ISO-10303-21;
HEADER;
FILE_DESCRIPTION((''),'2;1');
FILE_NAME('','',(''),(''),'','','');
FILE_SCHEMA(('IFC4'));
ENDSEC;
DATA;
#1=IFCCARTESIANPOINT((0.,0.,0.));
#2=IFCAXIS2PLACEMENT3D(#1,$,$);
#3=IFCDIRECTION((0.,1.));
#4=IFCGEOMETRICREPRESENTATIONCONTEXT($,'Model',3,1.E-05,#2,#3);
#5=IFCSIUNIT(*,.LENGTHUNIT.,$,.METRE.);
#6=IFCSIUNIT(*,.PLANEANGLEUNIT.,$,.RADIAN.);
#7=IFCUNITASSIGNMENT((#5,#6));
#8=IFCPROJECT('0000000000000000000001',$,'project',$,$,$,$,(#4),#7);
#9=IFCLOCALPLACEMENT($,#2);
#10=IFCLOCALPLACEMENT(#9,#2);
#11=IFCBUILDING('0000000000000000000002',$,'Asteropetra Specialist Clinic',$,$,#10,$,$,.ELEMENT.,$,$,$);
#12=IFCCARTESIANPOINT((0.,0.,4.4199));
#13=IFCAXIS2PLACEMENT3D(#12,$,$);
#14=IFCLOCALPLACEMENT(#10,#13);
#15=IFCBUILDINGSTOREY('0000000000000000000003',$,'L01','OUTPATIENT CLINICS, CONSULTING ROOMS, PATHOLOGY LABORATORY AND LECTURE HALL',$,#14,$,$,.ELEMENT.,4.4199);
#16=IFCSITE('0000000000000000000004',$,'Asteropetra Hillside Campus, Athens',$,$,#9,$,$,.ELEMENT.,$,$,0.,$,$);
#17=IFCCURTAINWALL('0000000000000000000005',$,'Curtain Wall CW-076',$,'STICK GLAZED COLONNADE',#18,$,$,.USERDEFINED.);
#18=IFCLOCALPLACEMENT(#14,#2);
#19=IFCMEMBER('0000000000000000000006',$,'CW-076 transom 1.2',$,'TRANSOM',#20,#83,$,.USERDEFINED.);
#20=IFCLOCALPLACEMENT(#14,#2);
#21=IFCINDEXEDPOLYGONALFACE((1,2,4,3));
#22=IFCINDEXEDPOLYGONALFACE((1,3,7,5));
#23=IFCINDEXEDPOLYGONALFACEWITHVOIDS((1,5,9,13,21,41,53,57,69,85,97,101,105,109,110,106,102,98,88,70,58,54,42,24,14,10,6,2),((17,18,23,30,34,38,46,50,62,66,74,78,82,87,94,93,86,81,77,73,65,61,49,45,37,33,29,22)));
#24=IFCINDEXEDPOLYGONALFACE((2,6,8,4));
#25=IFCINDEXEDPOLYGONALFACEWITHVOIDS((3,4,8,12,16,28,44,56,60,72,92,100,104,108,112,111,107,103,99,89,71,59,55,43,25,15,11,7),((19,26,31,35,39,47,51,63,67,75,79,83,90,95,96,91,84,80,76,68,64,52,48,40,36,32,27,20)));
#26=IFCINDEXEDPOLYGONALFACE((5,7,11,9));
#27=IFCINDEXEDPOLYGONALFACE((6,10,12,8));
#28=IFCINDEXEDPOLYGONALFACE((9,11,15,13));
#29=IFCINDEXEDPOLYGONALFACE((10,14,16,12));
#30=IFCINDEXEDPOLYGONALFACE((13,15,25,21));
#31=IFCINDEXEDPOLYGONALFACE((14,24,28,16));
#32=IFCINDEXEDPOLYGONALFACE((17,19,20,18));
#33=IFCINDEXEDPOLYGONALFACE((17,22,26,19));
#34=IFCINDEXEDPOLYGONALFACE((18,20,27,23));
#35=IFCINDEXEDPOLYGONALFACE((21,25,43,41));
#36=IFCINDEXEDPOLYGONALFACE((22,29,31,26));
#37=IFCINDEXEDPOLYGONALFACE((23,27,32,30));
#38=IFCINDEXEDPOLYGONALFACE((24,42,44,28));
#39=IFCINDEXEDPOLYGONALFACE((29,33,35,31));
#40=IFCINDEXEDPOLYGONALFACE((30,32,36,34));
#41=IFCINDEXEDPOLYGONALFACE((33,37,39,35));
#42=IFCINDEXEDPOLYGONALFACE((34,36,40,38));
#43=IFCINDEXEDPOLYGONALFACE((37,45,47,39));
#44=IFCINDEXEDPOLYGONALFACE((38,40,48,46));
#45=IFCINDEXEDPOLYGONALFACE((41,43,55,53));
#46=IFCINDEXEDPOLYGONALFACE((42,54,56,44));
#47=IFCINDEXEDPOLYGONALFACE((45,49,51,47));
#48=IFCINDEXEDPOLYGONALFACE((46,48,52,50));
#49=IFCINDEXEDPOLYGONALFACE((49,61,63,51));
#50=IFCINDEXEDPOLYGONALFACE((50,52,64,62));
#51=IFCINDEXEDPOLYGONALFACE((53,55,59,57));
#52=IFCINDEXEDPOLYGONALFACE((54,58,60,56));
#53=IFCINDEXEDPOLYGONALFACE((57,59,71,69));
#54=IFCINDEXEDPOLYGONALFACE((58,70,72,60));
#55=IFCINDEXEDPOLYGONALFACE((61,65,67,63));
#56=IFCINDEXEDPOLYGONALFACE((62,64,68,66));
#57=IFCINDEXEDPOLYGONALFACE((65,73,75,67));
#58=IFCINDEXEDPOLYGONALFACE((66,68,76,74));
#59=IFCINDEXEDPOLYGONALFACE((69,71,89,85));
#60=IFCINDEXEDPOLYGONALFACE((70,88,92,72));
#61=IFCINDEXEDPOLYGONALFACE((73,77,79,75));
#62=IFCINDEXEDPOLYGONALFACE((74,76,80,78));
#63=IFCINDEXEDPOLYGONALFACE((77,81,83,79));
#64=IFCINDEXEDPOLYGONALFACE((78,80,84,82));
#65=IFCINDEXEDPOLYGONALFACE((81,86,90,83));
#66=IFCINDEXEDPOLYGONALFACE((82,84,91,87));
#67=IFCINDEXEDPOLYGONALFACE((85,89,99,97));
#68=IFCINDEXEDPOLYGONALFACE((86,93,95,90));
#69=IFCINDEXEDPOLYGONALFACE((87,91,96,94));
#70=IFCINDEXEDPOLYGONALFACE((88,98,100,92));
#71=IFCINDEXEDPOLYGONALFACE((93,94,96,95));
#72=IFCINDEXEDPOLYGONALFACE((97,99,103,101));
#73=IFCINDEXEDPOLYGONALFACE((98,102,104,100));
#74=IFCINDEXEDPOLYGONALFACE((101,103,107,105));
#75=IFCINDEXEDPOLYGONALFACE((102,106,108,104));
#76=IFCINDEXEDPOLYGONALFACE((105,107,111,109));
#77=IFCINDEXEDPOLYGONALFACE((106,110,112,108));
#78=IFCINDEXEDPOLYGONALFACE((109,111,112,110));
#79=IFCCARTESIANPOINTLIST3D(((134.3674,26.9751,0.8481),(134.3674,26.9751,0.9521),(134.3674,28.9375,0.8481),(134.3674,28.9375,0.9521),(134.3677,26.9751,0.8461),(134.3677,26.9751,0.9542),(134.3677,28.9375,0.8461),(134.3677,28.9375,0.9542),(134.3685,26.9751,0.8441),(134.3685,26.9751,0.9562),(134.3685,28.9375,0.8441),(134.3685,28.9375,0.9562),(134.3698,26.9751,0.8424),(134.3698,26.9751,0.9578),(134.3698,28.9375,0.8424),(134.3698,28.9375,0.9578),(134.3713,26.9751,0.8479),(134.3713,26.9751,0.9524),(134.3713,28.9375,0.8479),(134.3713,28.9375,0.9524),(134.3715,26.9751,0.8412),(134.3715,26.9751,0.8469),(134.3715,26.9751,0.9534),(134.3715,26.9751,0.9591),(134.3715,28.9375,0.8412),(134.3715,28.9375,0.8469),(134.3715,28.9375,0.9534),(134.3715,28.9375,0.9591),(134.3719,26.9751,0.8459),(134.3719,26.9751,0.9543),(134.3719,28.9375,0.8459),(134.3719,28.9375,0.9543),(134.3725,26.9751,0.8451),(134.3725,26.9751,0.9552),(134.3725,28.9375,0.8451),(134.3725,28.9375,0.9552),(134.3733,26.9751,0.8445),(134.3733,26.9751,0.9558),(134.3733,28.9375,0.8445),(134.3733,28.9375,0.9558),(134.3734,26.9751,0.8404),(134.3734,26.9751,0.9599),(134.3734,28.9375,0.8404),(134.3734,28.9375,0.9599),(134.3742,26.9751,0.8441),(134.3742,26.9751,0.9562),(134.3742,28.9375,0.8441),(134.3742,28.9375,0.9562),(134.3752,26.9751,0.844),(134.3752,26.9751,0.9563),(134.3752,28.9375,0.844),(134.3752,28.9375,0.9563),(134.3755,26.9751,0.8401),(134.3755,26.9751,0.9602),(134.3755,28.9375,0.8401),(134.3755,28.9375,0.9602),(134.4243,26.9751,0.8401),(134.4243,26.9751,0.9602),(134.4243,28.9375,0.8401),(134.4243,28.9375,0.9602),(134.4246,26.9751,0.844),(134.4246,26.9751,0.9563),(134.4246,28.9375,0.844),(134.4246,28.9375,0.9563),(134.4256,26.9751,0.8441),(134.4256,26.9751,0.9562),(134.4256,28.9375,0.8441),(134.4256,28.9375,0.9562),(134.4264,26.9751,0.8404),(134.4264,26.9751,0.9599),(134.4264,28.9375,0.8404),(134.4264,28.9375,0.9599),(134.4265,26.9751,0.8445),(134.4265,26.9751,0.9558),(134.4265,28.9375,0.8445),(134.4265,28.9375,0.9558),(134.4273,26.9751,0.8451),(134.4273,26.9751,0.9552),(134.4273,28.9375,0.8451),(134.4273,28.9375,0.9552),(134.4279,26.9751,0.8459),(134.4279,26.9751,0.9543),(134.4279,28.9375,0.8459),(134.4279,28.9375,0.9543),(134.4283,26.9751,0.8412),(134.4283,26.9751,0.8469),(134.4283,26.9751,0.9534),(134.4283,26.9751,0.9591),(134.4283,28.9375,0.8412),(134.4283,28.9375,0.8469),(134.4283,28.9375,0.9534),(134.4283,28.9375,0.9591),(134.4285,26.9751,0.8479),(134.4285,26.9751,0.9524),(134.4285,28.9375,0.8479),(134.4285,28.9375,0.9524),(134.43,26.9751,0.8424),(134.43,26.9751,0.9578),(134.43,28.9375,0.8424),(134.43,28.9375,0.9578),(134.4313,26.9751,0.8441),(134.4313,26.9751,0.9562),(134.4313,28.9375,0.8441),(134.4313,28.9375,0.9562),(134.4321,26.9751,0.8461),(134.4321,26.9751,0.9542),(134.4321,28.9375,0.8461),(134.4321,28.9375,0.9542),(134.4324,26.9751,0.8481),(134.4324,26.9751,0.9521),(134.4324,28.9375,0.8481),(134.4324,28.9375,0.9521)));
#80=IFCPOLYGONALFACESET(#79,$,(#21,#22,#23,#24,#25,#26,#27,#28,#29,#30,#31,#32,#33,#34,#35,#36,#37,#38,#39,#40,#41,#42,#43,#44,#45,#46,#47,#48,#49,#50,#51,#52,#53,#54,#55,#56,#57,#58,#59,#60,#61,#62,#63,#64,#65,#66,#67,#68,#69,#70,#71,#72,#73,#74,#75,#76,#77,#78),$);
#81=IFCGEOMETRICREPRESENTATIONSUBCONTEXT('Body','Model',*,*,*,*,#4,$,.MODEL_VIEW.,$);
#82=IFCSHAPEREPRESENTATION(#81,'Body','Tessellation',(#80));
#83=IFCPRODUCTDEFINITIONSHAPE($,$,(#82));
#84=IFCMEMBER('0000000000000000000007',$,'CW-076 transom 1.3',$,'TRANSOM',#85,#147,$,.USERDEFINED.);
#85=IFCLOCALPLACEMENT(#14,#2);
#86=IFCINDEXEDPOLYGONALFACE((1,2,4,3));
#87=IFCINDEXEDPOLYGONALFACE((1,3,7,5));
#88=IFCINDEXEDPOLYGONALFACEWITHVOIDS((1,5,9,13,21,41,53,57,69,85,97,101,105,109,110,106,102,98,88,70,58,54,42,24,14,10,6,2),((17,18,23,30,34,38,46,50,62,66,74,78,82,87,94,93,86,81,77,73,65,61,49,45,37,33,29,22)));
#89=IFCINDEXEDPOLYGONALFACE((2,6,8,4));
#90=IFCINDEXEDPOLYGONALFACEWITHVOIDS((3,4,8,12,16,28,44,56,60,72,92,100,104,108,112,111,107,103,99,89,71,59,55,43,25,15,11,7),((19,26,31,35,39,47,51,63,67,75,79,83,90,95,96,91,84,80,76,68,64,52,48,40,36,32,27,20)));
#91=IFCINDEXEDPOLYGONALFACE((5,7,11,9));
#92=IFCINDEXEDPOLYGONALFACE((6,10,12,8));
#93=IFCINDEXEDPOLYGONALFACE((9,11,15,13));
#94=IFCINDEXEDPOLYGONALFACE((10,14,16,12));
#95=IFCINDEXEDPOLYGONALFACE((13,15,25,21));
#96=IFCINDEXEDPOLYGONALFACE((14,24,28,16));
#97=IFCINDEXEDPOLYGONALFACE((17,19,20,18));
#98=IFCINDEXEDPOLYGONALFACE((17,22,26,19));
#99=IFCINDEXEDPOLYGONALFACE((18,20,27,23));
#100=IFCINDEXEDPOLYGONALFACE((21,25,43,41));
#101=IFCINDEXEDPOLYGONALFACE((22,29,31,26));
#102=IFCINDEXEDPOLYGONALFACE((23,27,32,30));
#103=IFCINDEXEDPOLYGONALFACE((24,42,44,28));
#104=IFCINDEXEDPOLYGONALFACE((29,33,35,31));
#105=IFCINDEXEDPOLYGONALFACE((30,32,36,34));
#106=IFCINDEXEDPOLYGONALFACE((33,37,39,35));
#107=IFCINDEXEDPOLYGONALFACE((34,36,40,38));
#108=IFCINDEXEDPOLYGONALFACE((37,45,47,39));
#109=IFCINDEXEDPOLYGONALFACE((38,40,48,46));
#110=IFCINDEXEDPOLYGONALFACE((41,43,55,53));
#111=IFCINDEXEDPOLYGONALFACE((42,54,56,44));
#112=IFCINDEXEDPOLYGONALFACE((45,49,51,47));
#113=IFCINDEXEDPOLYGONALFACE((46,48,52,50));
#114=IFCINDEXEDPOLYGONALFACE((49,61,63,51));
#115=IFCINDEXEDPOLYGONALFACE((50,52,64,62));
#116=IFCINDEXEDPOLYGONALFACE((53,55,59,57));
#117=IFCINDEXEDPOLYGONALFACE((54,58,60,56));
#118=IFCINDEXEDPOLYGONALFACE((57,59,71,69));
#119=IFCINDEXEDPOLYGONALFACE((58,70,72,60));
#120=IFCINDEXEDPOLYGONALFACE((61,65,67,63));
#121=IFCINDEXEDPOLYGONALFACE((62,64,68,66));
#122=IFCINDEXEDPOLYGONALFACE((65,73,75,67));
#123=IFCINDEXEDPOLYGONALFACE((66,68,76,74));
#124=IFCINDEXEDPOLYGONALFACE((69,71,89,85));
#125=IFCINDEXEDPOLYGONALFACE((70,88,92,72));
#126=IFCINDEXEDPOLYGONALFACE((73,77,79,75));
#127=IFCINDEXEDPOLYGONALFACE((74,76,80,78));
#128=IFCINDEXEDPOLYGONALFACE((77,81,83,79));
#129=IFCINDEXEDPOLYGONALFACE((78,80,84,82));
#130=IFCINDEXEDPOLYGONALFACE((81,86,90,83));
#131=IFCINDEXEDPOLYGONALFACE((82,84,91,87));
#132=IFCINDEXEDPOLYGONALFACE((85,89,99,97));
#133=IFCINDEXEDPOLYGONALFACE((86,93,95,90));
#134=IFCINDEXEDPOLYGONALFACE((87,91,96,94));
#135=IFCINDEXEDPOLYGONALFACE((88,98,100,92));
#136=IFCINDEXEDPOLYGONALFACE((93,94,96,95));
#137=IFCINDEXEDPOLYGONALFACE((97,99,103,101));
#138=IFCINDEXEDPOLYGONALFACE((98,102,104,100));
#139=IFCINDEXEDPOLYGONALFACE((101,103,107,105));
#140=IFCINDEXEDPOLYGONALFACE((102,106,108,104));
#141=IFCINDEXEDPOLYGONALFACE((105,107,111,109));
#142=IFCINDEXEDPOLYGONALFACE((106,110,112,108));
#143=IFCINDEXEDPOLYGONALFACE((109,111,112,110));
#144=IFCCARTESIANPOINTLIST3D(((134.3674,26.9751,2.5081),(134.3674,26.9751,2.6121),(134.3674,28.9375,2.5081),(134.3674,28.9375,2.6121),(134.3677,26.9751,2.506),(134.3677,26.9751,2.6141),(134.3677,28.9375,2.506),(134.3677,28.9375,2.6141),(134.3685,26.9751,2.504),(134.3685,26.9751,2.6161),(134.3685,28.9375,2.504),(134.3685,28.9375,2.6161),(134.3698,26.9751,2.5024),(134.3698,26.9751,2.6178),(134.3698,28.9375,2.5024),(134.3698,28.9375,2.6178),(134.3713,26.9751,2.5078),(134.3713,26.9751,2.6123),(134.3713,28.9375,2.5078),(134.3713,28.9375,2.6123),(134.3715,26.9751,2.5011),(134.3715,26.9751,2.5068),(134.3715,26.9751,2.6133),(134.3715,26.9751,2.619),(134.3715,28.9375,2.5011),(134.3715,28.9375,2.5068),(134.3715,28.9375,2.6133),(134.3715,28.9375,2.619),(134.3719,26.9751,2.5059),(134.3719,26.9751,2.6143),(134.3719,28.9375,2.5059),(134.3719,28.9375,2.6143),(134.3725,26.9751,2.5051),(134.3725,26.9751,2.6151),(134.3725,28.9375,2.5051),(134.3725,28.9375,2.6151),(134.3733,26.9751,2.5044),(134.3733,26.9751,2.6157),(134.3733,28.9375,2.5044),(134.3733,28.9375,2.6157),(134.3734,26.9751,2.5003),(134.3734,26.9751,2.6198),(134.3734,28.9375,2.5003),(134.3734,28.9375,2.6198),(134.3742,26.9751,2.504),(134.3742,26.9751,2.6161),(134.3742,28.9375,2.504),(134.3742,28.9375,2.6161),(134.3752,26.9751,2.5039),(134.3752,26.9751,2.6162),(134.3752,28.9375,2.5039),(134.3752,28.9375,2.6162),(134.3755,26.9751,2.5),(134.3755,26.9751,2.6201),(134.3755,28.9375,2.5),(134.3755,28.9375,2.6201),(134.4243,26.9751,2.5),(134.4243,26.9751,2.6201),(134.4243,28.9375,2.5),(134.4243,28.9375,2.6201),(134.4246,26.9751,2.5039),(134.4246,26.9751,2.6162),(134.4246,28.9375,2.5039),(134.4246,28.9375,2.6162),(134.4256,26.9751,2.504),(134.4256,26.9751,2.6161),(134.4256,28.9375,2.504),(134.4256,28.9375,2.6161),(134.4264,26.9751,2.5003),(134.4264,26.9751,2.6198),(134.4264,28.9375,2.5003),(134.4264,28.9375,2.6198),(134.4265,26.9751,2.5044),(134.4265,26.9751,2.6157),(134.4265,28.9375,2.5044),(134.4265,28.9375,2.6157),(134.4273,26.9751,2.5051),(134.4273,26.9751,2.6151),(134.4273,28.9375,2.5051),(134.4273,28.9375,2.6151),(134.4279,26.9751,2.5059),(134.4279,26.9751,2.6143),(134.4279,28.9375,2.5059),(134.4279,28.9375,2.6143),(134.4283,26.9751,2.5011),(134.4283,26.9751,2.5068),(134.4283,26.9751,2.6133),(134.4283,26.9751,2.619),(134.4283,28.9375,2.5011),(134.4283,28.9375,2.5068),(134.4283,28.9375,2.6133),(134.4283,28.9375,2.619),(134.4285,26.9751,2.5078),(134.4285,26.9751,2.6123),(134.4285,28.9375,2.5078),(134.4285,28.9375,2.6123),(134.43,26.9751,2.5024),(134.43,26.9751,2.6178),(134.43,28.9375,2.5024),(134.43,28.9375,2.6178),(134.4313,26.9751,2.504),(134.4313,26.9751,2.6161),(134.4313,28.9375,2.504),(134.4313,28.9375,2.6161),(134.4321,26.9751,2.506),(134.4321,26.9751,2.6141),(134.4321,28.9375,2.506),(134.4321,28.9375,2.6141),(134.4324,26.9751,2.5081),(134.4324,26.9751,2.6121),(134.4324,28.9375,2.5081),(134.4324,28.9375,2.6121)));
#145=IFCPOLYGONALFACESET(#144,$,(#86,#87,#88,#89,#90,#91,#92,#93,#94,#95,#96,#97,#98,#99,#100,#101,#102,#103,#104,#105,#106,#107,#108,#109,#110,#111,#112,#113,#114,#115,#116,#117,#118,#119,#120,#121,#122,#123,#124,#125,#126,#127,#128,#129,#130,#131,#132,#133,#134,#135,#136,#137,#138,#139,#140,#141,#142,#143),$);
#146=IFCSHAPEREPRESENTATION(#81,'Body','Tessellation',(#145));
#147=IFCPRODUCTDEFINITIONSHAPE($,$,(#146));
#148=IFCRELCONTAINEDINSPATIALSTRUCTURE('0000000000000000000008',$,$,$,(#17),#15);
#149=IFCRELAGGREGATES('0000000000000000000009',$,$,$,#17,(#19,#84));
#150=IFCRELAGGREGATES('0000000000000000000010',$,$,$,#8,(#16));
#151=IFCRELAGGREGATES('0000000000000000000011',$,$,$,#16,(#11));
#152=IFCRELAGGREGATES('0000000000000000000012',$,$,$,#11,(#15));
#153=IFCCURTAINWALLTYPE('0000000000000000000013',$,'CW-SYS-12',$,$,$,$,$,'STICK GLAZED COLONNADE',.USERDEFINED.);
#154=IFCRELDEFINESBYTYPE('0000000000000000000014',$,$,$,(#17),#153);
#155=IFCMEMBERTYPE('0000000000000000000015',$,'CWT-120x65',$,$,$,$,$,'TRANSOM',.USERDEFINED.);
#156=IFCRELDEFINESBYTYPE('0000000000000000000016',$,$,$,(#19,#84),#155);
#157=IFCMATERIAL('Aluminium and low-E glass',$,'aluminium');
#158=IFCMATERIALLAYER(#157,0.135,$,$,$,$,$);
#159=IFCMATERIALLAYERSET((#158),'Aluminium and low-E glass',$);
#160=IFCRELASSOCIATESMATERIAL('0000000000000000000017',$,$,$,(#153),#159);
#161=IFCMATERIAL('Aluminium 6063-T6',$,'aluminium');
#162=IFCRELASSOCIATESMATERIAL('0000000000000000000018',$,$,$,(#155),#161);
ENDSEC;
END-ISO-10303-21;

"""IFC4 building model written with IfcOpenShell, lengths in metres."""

from ifc_helpers import new_model, si_unit, direction, frame, origin, origin_2d, place, context, subcontext, project, spatial, hollow_rectangle, extrude, material, layer, layer_set, material_profile, profile_set, type_object, element, aggregate, save


model = new_model("IFC4")

# Units and contexts
model_context = context("Model", 3, precision=1e-05, world=origin(), true_north=direction((0.0, 1.0)))
body_context = subcontext(model_context, "Body", "Model", "MODEL_VIEW")
ifc_project = project(units=[si_unit("LENGTHUNIT", "METRE"), si_unit("PLANEANGLEUNIT", "RADIAN")], contexts=[model_context])

# Site, building, storey
site_placement = place(None, origin())
site = spatial("IfcSite", under=ifc_project, at=site_placement, Name="Asteropetra Hillside Campus, Athens", CompositionType="ELEMENT", RefElevation=0.0)
building_placement = place(site_placement, origin())
building = spatial("IfcBuilding", under=site, at=building_placement, Name="Asteropetra Specialist Clinic", CompositionType="ELEMENT")
storey_placement = place(building_placement, frame((0.0, 0.0, 4.4199)))
storey = spatial("IfcBuildingStorey", under=building, at=storey_placement, Name="L01", Description="OUTPATIENT CLINICS, CONSULTING ROOMS, PATHOLOGY LABORATORY AND LECTURE HALL", CompositionType="ELEMENT", Elevation=4.4199)

# Curtain wall
ifc_material_1 = material(Name="Aluminium and low-E glass", Category="aluminium")
ifc_layer_1 = layer(ifc_material_1, 0.135)
ifc_layer_set_1 = layer_set([ifc_layer_1], Name="Aluminium and low-E glass")
curtain_wall_type_1 = type_object("IfcCurtainWallType", Name="CW-SYS-12", ElementType="STICK GLAZED COLONNADE", PredefinedType="USERDEFINED", material=ifc_layer_set_1)
curtain_wall_1_placement = place(storey_placement, origin())
curtain_wall_1 = element("IfcCurtainWall", 1, at=curtain_wall_1_placement, inside=storey, type_object=curtain_wall_type_1, Name="Curtain Wall CW-076", ObjectType="STICK GLAZED COLONNADE", PredefinedType="USERDEFINED")

# Members
ifc_material_2 = material(Name="Aluminium 6063-T6", Category="aluminium")
ifc_material_profile_1 = material_profile(ifc_material_2, hollow_rectangle(XDim=0.0649, YDim=0.1201, WallThickness=0.0039, InnerFilletRadius=0.0039, OuterFilletRadius=0.0081, at=origin_2d()), Name="TRN 120x65x4.0")
ifc_profile_set_1 = profile_set([ifc_material_profile_1], Name="Aluminium 6063-T6")
member_type_1 = type_object("IfcMemberType", Name="CWT-120x65", ElementType="TRANSOM", PredefinedType="USERDEFINED", material=ifc_profile_set_1)
member_1_placement = place(storey_placement, frame((134.3999, 26.9751, 0.9001), z_axis=(0.0, 1.0, 0.0), x_axis=(-1.0, 0.0, 0.0)))
member_1 = element("IfcMember", 2, at=member_1_placement, type_object=member_type_1, Name="CW-076 transom 1.2", ObjectType="TRANSOM", PredefinedType="USERDEFINED", context=body_context, shape_type="SweptSolid", body=[
    extrude(hollow_rectangle(XDim=0.0649, YDim=0.1201, WallThickness=0.0039, InnerFilletRadius=0.0039, OuterFilletRadius=0.0081, at=origin_2d()), origin(), (0.0, 0.0, 1.0), 1.9624),
])
member_2_placement = place(storey_placement, frame((134.3999, 26.9751, 2.5601), z_axis=(0.0, 1.0, 0.0), x_axis=(-1.0, 0.0, 0.0)))
member_2 = element("IfcMember", 3, at=member_2_placement, type_object=member_type_1, Name="CW-076 transom 1.3", ObjectType="TRANSOM", PredefinedType="USERDEFINED", context=body_context, shape_type="SweptSolid", body=[
    extrude(hollow_rectangle(XDim=0.0649, YDim=0.1201, WallThickness=0.0039, InnerFilletRadius=0.0039, OuterFilletRadius=0.0081, at=origin_2d()), origin(), (0.0, 0.0, 1.0), 1.9624),
])

aggregate(curtain_wall_1, [member_1, member_2])

save(model, "model.ifc")
